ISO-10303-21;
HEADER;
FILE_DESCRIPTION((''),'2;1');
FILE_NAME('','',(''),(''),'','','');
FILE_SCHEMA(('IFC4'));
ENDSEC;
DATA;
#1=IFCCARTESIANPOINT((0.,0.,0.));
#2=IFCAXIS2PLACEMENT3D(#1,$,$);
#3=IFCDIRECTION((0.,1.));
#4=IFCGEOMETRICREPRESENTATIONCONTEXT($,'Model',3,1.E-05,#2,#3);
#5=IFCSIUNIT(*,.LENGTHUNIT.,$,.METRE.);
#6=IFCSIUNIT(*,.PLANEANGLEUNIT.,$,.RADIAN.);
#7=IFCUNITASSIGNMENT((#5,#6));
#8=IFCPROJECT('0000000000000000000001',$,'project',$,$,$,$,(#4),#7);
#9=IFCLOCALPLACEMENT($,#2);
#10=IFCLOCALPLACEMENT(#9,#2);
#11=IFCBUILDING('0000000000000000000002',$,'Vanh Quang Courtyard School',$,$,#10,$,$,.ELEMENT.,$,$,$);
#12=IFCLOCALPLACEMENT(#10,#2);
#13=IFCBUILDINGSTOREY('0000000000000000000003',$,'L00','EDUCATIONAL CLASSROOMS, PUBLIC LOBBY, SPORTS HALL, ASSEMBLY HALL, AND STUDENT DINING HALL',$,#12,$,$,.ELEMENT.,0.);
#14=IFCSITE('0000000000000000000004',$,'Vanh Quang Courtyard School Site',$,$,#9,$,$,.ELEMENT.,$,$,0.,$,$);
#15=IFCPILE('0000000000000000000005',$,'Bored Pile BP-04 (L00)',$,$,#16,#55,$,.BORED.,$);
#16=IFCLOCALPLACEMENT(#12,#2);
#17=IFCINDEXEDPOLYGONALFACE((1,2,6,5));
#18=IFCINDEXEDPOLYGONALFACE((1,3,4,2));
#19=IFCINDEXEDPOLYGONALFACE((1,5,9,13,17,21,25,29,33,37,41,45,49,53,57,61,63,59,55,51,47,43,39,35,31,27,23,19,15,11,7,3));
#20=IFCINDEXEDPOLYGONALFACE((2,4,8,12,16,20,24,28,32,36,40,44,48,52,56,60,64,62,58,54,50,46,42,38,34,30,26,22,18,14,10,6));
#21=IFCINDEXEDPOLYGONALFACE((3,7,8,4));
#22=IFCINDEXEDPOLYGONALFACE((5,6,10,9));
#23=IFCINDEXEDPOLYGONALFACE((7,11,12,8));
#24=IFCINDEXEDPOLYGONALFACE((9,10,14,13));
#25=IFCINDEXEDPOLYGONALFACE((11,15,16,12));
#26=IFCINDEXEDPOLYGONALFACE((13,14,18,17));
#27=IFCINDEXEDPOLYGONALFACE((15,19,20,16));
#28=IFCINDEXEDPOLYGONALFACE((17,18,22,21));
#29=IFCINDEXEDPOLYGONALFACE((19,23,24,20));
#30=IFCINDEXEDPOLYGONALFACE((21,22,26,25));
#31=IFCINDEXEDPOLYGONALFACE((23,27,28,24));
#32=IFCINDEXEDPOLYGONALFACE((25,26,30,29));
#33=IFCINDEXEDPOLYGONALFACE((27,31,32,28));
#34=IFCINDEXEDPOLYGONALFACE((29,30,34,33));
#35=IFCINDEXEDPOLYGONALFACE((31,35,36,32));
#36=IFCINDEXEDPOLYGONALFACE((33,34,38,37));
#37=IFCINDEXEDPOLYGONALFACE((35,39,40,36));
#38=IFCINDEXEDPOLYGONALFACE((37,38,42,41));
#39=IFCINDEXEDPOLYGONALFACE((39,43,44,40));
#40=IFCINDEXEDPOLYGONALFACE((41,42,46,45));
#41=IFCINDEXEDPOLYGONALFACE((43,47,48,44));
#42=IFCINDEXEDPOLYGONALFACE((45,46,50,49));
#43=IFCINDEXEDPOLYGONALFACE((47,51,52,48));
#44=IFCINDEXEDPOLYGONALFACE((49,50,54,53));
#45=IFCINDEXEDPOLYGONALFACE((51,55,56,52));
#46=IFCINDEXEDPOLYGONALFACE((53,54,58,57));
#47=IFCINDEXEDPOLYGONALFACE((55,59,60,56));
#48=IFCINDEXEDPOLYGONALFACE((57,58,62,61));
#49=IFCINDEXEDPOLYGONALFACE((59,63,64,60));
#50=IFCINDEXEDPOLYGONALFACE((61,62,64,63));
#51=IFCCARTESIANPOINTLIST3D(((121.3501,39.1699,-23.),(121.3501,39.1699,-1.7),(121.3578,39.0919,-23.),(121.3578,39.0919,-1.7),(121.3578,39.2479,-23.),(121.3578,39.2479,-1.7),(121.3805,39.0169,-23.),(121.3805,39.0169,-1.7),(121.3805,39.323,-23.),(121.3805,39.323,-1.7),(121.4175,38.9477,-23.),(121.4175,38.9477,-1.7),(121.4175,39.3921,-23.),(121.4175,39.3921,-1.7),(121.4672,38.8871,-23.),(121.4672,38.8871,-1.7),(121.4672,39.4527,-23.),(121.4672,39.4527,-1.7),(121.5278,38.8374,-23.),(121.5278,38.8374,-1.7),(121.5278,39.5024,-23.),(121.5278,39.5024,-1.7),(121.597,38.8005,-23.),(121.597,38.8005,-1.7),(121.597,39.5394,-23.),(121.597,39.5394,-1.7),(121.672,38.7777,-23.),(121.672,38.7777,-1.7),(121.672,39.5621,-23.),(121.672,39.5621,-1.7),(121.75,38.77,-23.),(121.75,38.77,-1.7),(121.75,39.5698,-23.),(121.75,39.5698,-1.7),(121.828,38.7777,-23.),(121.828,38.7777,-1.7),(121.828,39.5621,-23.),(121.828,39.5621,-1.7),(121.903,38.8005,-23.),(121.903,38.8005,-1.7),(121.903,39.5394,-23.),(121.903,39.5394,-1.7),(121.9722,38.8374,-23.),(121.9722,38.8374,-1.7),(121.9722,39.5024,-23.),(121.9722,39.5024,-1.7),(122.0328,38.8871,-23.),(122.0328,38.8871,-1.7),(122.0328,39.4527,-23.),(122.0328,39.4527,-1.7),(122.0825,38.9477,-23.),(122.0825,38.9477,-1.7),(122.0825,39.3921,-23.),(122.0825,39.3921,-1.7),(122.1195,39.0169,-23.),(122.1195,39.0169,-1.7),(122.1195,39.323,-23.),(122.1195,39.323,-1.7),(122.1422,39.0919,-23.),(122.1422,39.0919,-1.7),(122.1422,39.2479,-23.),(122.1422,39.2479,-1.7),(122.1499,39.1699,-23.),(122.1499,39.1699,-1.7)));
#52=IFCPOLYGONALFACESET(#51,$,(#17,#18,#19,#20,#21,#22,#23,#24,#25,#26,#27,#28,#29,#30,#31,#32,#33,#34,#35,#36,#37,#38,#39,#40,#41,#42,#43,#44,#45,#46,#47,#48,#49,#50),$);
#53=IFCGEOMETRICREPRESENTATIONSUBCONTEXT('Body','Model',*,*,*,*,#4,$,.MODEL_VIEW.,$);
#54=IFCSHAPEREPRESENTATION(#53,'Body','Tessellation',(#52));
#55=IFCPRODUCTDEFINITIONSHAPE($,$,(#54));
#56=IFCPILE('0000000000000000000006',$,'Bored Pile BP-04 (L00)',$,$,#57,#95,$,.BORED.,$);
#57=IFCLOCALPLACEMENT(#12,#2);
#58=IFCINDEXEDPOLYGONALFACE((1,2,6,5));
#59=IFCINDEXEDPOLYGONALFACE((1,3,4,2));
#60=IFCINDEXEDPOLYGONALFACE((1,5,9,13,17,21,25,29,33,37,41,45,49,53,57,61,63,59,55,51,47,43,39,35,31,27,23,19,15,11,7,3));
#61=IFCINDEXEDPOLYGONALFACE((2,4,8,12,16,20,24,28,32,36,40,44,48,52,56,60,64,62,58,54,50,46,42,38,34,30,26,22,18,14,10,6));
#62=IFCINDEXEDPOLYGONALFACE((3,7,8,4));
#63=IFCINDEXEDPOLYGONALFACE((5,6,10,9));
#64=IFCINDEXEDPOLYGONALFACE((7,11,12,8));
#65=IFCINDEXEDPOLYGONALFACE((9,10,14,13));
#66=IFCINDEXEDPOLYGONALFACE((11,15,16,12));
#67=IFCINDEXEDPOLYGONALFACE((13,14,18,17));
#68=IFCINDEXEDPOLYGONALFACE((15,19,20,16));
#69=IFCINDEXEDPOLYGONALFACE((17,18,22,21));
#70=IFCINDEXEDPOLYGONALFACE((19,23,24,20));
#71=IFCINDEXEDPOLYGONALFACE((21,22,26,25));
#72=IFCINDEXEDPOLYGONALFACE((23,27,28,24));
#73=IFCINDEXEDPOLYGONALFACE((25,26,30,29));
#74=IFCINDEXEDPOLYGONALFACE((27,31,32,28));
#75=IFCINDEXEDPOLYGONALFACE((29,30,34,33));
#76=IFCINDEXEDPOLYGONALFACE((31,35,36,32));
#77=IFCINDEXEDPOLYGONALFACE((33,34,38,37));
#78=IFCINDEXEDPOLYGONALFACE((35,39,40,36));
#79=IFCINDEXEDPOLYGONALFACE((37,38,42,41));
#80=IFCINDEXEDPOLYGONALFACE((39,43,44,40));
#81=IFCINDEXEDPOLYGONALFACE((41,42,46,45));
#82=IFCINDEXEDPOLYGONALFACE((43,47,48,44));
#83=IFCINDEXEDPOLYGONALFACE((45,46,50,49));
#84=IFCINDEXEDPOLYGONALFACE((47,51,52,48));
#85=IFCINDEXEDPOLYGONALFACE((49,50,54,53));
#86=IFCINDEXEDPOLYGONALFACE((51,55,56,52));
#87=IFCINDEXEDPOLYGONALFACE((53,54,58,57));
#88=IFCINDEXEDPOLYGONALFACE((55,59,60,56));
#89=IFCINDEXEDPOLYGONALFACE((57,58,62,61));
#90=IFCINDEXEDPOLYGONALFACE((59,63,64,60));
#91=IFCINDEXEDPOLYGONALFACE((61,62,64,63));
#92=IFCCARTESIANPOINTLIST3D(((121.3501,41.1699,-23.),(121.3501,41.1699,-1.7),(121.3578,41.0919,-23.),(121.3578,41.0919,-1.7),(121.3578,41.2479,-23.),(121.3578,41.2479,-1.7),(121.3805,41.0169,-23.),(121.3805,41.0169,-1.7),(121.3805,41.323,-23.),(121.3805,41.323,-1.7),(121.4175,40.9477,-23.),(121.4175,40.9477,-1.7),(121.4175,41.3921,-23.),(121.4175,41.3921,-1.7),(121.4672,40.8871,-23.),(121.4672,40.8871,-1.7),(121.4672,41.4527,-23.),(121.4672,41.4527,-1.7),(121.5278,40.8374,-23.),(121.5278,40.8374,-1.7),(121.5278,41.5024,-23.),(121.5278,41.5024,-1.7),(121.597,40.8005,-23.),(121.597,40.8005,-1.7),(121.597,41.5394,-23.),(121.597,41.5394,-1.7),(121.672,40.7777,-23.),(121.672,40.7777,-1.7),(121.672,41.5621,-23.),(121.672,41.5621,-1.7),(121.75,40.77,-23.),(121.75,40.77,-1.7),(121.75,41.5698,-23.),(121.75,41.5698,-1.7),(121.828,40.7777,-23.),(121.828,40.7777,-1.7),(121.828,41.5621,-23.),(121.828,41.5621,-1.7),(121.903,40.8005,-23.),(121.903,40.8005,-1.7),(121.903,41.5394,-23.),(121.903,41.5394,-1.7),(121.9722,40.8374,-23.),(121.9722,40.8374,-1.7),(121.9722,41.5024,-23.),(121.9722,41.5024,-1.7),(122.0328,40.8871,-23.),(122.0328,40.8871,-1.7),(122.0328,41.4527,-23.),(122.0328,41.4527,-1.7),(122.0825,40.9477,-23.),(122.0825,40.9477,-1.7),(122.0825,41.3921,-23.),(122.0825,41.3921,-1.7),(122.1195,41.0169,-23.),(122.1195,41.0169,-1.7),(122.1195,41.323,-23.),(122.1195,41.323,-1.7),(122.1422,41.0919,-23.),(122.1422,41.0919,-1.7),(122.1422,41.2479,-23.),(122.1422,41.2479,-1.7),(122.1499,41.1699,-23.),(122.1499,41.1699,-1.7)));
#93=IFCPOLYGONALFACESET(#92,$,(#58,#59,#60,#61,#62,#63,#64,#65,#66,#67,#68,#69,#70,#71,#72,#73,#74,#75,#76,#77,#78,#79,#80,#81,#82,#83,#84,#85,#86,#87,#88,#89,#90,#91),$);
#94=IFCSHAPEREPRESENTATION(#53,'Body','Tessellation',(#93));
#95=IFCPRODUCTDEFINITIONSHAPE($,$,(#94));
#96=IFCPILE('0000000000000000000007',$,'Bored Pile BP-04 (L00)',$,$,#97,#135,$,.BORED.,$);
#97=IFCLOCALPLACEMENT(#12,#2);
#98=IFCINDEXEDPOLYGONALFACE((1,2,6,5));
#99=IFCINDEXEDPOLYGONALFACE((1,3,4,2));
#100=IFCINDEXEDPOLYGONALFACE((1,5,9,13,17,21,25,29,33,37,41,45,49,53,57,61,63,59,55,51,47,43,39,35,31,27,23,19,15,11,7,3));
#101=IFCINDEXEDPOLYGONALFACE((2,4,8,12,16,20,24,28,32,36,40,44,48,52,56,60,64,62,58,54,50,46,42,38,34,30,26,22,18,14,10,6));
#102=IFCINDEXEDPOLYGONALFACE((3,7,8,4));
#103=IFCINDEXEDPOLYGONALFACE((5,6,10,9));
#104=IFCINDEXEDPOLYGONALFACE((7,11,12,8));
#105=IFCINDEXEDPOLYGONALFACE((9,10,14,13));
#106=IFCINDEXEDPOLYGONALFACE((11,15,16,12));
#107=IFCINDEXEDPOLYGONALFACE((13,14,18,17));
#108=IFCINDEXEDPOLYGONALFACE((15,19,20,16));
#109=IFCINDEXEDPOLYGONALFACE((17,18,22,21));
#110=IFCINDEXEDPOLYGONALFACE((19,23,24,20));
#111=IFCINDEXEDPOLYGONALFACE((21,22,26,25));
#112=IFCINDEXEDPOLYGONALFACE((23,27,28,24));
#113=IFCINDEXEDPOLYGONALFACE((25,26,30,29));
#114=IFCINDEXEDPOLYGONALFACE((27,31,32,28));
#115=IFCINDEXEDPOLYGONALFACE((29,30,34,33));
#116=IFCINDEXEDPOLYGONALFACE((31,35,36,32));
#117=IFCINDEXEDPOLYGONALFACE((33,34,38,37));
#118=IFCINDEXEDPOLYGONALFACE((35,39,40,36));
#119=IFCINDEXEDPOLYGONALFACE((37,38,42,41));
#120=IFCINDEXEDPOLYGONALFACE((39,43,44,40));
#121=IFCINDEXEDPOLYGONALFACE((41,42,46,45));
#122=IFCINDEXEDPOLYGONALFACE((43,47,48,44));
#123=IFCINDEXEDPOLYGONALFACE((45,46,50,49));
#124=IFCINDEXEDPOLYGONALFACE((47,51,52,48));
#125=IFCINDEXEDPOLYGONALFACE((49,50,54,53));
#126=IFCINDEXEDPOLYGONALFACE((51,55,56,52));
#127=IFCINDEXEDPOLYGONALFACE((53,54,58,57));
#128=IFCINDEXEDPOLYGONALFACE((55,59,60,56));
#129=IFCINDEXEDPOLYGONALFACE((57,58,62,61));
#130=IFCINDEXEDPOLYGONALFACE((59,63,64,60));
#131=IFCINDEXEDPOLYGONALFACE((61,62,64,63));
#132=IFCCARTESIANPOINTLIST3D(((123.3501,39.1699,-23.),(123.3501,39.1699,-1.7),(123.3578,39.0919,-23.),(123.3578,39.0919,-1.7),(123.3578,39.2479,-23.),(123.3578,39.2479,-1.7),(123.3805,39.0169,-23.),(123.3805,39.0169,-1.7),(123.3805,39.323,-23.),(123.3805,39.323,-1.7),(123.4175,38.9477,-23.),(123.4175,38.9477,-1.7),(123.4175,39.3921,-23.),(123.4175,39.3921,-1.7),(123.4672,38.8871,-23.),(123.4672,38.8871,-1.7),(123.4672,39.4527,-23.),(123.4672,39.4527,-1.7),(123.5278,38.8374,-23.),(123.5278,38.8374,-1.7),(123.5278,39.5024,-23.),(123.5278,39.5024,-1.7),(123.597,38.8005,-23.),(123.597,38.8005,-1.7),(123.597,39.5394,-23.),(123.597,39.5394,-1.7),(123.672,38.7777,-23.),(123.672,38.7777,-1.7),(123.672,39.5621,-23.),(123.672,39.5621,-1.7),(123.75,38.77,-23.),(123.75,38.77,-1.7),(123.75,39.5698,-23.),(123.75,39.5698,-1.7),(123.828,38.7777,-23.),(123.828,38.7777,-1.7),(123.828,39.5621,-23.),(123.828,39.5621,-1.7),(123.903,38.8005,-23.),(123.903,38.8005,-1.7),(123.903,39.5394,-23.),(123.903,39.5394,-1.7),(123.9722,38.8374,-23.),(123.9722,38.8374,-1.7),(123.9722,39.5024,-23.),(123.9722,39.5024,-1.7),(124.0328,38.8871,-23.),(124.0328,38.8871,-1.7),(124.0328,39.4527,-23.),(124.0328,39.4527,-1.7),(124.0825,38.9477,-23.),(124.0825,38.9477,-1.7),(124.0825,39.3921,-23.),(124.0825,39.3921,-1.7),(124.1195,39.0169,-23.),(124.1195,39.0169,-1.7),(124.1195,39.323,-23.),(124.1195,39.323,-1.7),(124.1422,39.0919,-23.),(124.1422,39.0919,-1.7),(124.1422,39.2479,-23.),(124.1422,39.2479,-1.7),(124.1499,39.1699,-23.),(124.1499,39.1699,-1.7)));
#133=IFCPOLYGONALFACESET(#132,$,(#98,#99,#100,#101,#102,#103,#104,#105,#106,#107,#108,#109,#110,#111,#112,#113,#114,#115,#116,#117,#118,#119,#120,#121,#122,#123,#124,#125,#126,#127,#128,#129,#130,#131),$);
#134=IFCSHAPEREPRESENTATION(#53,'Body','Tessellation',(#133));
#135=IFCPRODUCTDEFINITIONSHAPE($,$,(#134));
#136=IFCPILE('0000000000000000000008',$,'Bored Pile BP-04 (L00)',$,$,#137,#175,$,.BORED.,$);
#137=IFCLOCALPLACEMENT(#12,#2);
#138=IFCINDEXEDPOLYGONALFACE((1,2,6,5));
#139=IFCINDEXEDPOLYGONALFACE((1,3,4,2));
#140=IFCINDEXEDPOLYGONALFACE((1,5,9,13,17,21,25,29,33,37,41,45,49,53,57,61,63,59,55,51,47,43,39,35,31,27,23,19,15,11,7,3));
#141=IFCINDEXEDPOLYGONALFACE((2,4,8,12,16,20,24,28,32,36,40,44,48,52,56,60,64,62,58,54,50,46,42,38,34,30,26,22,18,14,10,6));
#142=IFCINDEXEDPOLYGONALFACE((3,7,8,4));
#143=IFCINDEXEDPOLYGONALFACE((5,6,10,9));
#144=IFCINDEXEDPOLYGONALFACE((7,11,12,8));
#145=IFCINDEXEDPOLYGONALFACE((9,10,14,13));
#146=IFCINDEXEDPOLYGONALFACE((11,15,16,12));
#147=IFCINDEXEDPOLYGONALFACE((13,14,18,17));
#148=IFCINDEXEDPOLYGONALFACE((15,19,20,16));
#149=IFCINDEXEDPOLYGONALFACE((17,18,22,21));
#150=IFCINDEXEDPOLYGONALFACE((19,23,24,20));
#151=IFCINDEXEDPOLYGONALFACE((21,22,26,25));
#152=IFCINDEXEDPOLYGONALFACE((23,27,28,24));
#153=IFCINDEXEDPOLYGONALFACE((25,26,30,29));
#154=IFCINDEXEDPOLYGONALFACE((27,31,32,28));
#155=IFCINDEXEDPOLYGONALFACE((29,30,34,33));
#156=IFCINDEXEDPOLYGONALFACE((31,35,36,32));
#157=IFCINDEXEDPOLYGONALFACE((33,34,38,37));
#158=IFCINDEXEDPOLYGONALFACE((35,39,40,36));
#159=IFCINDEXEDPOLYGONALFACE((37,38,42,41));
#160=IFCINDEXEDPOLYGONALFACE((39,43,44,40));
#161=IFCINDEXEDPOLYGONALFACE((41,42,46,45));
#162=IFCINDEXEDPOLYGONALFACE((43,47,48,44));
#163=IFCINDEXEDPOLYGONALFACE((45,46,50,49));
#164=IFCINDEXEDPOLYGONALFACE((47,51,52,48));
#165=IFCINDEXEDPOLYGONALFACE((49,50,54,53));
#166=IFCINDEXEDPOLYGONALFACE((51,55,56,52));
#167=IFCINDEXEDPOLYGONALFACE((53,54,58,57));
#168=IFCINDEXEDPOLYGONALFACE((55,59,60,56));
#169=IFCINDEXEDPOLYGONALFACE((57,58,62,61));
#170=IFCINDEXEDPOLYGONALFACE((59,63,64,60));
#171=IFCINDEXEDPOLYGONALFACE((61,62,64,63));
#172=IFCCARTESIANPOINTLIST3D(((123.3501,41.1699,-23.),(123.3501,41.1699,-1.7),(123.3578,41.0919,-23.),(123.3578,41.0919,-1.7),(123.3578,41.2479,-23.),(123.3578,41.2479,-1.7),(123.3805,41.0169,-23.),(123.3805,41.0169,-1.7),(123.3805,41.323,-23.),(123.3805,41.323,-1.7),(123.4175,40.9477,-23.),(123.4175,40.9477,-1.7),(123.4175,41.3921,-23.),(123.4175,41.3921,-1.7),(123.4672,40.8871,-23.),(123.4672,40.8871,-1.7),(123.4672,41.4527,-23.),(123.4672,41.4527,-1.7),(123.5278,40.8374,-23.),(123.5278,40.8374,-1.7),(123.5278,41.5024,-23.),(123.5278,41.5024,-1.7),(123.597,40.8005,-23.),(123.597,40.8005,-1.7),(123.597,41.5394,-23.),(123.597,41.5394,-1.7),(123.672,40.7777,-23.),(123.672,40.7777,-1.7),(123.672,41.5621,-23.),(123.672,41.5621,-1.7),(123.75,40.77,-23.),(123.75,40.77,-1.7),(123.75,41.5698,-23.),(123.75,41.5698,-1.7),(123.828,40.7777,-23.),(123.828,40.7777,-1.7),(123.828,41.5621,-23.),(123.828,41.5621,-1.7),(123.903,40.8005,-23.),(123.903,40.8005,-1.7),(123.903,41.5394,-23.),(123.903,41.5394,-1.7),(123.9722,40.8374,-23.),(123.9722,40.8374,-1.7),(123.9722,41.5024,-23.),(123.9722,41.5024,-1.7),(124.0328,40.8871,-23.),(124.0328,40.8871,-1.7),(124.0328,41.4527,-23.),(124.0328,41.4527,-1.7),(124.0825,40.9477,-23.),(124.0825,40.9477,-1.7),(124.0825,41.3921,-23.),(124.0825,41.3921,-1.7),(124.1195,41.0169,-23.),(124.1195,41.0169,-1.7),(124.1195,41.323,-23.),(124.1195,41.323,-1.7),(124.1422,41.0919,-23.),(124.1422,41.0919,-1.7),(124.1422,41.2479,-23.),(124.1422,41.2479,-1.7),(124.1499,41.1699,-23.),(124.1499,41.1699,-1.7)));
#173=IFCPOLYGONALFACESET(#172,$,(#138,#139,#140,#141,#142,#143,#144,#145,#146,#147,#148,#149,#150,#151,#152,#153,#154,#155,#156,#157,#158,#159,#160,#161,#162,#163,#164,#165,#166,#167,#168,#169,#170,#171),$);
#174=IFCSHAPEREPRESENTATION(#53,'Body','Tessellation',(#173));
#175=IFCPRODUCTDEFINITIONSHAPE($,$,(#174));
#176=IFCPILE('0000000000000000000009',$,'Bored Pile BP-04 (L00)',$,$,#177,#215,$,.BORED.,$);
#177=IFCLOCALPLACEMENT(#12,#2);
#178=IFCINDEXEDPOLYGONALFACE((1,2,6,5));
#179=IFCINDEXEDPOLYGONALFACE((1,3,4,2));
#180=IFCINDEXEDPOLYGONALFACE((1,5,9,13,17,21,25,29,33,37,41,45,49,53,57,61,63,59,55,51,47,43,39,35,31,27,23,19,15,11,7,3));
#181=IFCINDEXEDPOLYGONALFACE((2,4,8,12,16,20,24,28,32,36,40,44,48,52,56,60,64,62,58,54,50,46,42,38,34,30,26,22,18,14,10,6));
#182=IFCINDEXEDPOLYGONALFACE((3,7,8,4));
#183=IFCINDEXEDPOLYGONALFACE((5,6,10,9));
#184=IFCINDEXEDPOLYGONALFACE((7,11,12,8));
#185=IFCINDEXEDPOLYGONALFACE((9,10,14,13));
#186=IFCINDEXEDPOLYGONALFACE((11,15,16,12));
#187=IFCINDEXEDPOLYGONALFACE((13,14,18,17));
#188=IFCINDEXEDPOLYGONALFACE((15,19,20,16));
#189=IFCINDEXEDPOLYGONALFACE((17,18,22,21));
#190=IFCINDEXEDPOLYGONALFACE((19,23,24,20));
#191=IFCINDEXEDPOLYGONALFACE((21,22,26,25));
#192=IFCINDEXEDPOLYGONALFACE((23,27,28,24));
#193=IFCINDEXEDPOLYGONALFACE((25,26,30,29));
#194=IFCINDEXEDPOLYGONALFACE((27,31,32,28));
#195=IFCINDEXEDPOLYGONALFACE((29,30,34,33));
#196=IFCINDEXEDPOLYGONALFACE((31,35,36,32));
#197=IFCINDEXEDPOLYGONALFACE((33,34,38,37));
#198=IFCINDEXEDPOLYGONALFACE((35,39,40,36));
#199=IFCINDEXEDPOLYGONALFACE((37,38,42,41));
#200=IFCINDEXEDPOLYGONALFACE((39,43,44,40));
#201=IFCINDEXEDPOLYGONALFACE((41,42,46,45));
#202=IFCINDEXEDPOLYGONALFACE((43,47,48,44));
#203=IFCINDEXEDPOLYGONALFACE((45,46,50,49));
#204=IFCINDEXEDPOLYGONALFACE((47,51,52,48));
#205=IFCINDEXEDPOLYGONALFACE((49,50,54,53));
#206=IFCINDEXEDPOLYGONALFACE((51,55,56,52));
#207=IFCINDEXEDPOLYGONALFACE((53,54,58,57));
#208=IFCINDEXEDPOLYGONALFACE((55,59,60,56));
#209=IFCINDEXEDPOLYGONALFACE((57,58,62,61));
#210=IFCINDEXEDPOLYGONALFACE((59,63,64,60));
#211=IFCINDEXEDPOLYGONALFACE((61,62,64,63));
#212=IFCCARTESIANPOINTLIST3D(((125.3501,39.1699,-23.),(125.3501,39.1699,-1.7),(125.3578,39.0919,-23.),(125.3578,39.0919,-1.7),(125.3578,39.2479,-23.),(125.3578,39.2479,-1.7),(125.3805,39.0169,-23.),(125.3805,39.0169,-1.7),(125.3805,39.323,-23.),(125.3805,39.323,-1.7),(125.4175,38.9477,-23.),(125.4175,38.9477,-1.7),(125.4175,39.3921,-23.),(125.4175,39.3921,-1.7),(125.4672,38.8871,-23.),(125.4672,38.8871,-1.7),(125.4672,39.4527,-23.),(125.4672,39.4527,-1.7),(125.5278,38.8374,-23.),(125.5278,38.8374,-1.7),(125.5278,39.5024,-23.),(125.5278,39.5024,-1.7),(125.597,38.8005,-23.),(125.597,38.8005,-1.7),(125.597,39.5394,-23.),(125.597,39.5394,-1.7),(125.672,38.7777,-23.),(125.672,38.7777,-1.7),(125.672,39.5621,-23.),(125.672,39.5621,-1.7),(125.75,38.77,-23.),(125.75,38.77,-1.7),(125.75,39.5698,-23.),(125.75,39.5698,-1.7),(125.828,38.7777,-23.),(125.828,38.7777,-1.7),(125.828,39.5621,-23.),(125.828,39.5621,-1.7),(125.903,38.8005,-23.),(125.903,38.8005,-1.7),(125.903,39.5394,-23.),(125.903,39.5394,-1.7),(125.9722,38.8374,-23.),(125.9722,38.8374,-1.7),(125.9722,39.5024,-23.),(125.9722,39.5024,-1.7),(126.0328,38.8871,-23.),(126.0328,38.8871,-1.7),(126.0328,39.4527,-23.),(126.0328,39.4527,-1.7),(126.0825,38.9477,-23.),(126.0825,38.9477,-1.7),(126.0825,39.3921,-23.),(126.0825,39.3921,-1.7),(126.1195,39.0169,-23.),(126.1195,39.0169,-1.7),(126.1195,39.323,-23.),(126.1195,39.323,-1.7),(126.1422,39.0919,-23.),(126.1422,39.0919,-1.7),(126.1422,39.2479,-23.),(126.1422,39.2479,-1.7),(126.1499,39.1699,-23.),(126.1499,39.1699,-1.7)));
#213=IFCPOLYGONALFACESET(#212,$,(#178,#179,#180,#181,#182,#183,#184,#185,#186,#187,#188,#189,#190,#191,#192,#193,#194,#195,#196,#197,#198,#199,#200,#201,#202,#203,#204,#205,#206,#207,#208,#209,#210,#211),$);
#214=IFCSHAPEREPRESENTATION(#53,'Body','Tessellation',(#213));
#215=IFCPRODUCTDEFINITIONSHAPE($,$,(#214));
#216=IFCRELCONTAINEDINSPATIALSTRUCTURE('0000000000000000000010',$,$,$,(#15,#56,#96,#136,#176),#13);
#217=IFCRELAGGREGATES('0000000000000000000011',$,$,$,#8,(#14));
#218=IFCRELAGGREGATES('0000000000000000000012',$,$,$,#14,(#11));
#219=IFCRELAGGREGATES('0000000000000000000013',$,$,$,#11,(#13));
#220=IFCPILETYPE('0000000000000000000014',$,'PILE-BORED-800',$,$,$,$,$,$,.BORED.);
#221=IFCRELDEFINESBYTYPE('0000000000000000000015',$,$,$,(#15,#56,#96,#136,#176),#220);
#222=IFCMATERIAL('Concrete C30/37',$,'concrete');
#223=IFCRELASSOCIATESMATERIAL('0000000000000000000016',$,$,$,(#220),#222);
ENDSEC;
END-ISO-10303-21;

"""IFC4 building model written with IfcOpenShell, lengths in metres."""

from ifc_helpers import new_model, si_unit, direction, frame, origin, origin_2d, place, context, subcontext, project, spatial, circle, extrude, material, material_profile, profile_set, type_object, element, save


model = new_model("IFC4")

# Units and contexts
model_context = context("Model", 3, precision=1e-05, world=origin(), true_north=direction((0.0, 1.0)))
body_context = subcontext(model_context, "Body", "Model", "MODEL_VIEW")
ifc_project = project(units=[si_unit("LENGTHUNIT", "METRE"), si_unit("PLANEANGLEUNIT", "RADIAN")], contexts=[model_context])

# Site, building, storey
site_placement = place(None, origin())
site = spatial("IfcSite", under=ifc_project, at=site_placement, Name="Vanh Quang Courtyard School Site", CompositionType="ELEMENT", RefElevation=0.0)
building_placement = place(site_placement, origin())
building = spatial("IfcBuilding", under=site, at=building_placement, Name="Vanh Quang Courtyard School", CompositionType="ELEMENT")
storey_placement = place(building_placement, origin())
storey = spatial("IfcBuildingStorey", under=building, at=storey_placement, Name="L00", Description="EDUCATIONAL CLASSROOMS, PUBLIC LOBBY, SPORTS HALL, ASSEMBLY HALL, AND STUDENT DINING HALL", CompositionType="ELEMENT", Elevation=0.0)

# Piles
ifc_material_1 = material(Name="Concrete C30/37", Category="concrete")
ifc_material_profile_1 = material_profile(ifc_material_1, circle(Radius=0.3999, at=origin_2d()), Name="PILE D800")
ifc_profile_set_1 = profile_set([ifc_material_profile_1], Name="Concrete C30/37")
pile_type_1 = type_object("IfcPileType", Name="PILE-BORED-800", PredefinedType="BORED", material=ifc_profile_set_1)
for number, where, z_axis, x_axis, name in (
    (1, (121.75, 39.1699, -1.7), (0.0, 0.0, -1.0), (1.0, 0.0, 0.0), "Bored Pile BP-04 (L00)"),
    (2, (121.75, 41.1699, -1.7), (0.0, 0.0, -1.0), (1.0, 0.0, 0.0), "Bored Pile BP-04 (L00)"),
    (3, (123.75, 39.1699, -1.7), (0.0, 0.0, -1.0), (1.0, 0.0, 0.0), "Bored Pile BP-04 (L00)"),
    (4, (123.75, 41.1699, -1.7), (0.0, 0.0, -1.0), (1.0, 0.0, 0.0), "Bored Pile BP-04 (L00)"),
    (5, (125.75, 39.1699, -1.7), (0.0, 0.0, -1.0), (1.0, 0.0, 0.0), "Bored Pile BP-04 (L00)"),
):
    element("IfcPile", number, at=place(storey_placement, frame(where, z_axis=z_axis, x_axis=x_axis)), inside=storey, type_object=pile_type_1, Name=name, PredefinedType="BORED", context=body_context, shape_type="SweptSolid", body=[
        extrude(circle(Radius=0.3999, at=origin_2d()), origin(), (0.0, 0.0, 1.0), 21.3),
    ])

save(model, "model.ifc")
